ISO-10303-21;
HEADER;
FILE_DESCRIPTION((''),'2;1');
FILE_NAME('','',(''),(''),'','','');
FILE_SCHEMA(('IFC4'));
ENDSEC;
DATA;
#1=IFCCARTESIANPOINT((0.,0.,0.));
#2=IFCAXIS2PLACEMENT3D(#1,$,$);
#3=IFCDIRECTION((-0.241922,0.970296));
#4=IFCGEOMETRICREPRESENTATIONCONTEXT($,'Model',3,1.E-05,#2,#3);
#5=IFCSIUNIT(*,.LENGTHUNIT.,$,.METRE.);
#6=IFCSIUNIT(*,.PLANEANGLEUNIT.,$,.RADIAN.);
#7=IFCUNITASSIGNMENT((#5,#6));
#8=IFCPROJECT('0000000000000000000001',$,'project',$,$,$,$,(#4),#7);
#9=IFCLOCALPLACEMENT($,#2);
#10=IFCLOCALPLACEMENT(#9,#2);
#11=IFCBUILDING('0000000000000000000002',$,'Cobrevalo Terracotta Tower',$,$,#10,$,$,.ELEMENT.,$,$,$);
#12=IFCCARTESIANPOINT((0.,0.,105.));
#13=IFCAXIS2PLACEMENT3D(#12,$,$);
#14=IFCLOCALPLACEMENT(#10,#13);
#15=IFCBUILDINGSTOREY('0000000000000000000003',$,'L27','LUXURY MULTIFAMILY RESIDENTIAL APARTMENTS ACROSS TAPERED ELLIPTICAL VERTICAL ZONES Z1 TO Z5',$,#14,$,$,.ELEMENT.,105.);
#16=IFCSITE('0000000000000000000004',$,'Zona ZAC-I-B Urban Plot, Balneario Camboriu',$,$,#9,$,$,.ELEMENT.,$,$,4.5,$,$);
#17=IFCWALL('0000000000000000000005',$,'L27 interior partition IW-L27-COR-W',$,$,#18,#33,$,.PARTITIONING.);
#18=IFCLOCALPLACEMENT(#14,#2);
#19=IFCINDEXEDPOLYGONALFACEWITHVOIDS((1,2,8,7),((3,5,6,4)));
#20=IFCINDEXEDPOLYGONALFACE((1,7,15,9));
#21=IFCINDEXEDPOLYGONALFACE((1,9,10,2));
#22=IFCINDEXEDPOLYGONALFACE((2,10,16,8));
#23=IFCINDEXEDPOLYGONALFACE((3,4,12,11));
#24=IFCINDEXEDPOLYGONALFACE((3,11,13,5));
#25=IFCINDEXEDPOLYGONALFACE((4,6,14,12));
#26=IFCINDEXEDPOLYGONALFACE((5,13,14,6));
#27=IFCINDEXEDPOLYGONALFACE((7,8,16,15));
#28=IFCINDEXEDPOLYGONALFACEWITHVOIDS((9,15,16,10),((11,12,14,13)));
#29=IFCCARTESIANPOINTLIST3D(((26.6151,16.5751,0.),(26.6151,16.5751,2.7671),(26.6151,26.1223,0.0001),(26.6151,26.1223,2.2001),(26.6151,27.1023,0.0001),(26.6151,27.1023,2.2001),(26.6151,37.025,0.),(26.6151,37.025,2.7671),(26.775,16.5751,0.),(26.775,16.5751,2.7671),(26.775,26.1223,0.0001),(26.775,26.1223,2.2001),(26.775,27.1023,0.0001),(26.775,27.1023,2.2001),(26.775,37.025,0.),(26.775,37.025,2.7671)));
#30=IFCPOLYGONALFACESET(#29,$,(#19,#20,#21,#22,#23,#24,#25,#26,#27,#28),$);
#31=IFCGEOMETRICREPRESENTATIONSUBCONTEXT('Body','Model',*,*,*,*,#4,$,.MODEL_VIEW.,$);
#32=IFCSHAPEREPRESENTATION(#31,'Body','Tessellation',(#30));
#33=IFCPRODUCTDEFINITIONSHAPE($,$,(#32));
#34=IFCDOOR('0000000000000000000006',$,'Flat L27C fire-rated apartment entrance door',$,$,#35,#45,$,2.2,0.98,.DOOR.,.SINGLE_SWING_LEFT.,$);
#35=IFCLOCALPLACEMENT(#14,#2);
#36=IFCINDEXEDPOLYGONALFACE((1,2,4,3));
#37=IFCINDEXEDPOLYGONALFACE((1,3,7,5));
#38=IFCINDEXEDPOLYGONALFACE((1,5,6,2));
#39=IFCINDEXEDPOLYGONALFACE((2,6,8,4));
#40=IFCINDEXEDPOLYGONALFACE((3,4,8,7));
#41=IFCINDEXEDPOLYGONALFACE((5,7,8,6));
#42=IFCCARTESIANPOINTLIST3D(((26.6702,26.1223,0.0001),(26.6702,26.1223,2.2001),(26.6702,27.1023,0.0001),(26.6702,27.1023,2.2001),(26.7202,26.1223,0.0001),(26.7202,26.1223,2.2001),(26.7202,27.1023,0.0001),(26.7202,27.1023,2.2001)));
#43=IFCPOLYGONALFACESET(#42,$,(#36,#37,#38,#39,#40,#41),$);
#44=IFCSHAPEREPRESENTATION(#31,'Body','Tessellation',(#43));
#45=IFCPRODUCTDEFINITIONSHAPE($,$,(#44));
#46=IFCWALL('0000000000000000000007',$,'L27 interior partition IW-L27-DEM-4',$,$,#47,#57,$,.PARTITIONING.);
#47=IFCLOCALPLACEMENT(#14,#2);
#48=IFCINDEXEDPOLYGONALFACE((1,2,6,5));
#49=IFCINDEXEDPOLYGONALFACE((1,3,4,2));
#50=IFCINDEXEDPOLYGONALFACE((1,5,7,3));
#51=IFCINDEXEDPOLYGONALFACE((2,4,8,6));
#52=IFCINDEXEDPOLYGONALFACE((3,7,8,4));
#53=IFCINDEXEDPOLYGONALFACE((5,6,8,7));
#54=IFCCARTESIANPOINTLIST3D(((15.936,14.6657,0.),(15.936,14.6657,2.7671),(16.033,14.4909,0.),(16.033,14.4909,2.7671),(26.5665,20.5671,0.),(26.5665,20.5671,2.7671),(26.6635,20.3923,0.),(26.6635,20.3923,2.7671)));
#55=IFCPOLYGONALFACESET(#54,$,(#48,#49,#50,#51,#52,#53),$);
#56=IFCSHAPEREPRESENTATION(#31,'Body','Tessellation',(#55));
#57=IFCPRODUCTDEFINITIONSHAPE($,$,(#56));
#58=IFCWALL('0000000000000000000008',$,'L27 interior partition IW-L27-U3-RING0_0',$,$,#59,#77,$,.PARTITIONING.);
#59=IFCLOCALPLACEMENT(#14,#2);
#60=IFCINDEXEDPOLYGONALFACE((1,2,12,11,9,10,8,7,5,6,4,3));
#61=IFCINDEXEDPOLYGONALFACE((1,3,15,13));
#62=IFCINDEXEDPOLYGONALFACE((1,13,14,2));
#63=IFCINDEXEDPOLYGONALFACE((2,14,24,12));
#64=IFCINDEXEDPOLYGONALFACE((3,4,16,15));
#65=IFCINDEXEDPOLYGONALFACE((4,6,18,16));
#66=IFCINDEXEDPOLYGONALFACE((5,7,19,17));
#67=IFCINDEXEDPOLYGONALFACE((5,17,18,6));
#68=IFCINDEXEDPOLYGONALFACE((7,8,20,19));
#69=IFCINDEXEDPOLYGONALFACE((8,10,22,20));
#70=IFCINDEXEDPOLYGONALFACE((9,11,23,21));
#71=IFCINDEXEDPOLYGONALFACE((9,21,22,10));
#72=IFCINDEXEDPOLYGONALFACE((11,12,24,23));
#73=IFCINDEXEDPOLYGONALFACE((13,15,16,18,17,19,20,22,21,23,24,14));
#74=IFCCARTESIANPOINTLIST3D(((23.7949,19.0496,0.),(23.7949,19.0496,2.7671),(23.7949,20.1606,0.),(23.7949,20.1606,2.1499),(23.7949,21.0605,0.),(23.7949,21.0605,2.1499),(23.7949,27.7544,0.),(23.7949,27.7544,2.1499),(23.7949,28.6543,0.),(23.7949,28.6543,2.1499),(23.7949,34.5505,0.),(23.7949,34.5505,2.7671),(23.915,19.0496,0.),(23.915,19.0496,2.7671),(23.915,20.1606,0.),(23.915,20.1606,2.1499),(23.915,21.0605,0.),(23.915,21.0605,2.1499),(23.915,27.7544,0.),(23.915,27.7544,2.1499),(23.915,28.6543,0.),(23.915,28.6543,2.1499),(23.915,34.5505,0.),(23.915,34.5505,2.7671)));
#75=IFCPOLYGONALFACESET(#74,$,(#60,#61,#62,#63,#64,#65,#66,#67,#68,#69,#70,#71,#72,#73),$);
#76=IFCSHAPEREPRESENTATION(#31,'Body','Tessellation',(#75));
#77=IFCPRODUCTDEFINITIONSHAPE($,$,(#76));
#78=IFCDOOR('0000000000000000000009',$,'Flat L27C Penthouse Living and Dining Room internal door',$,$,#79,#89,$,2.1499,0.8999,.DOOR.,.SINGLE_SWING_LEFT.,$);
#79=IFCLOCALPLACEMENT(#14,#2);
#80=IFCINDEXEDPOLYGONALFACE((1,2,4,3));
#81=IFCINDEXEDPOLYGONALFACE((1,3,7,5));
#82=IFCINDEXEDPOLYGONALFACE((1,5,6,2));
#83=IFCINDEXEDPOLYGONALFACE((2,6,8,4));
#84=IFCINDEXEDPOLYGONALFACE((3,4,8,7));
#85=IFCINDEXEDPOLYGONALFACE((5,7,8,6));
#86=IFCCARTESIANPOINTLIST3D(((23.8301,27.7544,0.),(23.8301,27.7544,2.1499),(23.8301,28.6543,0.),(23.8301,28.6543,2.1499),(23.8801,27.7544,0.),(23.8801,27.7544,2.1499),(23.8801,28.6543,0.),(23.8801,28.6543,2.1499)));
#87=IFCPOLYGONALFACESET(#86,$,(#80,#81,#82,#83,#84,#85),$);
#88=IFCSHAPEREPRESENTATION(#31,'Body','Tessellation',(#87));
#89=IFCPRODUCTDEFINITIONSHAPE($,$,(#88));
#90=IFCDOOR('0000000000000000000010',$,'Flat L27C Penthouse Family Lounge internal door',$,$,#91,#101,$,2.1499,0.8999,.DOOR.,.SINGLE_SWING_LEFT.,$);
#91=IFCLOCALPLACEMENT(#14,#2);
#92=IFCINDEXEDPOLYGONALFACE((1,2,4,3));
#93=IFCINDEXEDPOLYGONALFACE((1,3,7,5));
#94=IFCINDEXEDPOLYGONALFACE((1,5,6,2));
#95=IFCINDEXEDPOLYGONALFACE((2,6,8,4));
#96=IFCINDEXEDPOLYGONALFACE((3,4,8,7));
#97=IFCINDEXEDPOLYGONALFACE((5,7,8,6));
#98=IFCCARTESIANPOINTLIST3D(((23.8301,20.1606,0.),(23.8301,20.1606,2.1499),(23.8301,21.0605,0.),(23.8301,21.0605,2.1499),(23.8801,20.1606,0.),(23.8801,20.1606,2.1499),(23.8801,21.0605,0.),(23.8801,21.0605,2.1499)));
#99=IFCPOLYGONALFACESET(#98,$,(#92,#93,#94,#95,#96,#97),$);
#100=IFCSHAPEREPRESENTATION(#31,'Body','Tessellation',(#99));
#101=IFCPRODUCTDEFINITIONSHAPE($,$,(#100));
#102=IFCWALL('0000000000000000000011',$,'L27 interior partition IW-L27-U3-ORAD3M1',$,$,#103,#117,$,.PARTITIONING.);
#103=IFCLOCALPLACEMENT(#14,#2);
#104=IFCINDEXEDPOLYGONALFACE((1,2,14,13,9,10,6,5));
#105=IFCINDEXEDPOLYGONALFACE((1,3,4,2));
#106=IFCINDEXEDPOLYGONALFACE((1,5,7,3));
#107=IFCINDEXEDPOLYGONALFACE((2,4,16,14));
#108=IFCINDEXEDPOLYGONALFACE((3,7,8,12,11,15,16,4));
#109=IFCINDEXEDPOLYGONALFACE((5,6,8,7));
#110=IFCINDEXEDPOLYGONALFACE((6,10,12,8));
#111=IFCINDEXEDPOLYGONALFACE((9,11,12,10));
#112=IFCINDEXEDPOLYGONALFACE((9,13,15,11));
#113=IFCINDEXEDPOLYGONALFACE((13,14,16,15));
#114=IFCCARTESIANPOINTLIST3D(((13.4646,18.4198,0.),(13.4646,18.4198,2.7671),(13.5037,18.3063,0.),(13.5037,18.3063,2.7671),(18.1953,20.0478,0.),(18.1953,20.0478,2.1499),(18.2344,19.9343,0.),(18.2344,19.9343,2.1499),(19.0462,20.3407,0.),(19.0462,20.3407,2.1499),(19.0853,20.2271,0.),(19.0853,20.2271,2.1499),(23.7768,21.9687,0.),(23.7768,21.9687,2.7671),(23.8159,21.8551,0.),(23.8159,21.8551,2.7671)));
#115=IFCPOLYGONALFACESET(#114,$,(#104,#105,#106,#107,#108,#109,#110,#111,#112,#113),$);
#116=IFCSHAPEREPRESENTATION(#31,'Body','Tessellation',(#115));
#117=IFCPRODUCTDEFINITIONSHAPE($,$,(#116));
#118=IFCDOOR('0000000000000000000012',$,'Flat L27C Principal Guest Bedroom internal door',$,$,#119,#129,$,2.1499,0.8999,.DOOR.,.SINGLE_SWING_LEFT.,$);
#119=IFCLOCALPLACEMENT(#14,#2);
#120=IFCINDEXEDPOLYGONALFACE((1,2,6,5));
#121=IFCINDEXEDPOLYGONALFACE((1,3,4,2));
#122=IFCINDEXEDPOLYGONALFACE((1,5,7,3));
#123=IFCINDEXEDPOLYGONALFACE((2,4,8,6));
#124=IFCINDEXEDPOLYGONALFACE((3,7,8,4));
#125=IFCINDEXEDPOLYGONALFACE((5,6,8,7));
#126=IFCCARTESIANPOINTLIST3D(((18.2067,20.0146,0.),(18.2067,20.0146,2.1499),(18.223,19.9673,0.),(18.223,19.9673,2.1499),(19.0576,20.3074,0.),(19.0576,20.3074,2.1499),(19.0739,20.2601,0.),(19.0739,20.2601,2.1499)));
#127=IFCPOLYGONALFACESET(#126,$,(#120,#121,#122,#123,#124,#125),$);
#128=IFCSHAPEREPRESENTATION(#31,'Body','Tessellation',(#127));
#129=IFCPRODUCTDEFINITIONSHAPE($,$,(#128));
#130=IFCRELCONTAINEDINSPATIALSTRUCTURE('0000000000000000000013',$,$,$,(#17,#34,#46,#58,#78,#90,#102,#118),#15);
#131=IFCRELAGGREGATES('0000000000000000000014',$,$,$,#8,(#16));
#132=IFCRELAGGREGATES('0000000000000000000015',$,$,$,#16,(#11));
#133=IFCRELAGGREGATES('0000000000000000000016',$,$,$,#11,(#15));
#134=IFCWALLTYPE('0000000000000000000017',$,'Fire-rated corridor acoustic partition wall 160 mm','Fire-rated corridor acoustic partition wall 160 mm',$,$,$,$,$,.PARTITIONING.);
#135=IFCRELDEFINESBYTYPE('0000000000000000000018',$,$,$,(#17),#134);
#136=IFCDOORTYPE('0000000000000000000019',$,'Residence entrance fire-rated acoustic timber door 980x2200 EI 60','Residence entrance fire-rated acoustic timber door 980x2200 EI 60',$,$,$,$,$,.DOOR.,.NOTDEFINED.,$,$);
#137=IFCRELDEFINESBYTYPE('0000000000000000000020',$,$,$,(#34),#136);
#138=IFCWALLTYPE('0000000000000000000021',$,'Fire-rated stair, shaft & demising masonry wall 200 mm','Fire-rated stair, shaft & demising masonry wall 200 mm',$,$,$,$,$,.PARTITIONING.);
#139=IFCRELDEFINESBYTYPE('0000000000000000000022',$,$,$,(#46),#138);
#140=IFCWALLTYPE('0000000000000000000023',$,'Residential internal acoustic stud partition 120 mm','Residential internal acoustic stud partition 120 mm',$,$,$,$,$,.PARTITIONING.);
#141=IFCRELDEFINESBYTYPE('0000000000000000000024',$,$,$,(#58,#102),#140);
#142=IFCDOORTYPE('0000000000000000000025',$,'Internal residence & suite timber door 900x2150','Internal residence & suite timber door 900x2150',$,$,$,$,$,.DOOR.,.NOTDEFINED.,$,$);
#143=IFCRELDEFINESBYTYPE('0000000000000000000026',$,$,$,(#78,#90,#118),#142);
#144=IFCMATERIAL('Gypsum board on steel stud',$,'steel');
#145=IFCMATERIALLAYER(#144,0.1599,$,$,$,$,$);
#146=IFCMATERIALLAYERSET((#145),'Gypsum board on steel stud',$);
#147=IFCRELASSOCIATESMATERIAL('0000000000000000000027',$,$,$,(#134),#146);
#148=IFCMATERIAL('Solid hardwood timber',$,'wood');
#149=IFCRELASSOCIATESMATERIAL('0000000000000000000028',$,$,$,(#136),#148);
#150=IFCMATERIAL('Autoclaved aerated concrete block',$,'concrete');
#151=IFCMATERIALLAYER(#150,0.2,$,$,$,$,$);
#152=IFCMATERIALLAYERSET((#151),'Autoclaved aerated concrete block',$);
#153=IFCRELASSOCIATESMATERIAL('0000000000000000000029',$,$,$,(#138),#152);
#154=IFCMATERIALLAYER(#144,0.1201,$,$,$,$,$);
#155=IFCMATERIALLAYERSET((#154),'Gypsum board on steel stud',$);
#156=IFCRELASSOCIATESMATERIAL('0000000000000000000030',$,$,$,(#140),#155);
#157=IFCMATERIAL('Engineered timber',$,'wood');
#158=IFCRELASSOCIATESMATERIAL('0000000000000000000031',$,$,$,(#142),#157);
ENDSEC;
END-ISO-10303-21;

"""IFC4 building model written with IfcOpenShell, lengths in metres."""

from ifc_helpers import new_model, si_unit, direction, frame, frame_2d, origin, place, context, subcontext, project, spatial, rectangle, extrude, source, transform, mapped, material, layer, layer_set, type_object, element, fill, save


model = new_model("IFC4")

# Units and contexts
model_context = context("Model", 3, precision=1e-05, world=origin(), true_north=direction((-0.241922, 0.970296)))
body_context = subcontext(model_context, "Body", "Model", "MODEL_VIEW")
ifc_project = project(units=[si_unit("LENGTHUNIT", "METRE"), si_unit("PLANEANGLEUNIT", "RADIAN")], contexts=[model_context])

# Site, building, storey
site_placement = place(None, origin())
site = spatial("IfcSite", under=ifc_project, at=site_placement, Name="Zona ZAC-I-B Urban Plot, Balneario Camboriu", CompositionType="ELEMENT", RefElevation=4.5)
building_placement = place(site_placement, origin())
building = spatial("IfcBuilding", under=site, at=building_placement, Name="Cobrevalo Terracotta Tower", CompositionType="ELEMENT")
storey_placement = place(building_placement, frame((0.0, 0.0, 105.0)))
storey = spatial("IfcBuildingStorey", under=building, at=storey_placement, Name="L27", Description="LUXURY MULTIFAMILY RESIDENTIAL APARTMENTS ACROSS TAPERED ELLIPTICAL VERTICAL ZONES Z1 TO Z5", CompositionType="ELEMENT", Elevation=105.0)

# Wall, opening, door
ifc_material_1 = material(Name="Gypsum board on steel stud", Category="steel")
ifc_layer_1 = layer(ifc_material_1, 0.1599)
ifc_layer_set_1 = layer_set([ifc_layer_1], Name="Gypsum board on steel stud")
wall_type_1 = type_object("IfcWallType", Name="Fire-rated corridor acoustic partition wall 160 mm", Description="Fire-rated corridor acoustic partition wall 160 mm", PredefinedType="PARTITIONING", material=ifc_layer_set_1)
wall_1_placement = place(storey_placement, frame((26.6951, 16.575, 0.0), z_axis=(0.0, 0.0, 1.0), x_axis=(0.0, 1.0, 0.0)))
wall_1 = element("IfcWall", 1, at=wall_1_placement, inside=storey, type_object=wall_type_1, Name="L27 interior partition IW-L27-COR-W", PredefinedType="PARTITIONING", context=body_context, shape_type="SweptSolid", body=[
    extrude(rectangle(XDim=20.45, YDim=0.1599, at=frame_2d((10.2251, 0.0))), origin(), (0.0, 0.0, 1.0), 2.7671),
])
opening_1_placement = place(wall_1_placement, frame((9.5474, 0.0, 0.0)))
opening_1 = element("IfcOpeningElement", 2, at=opening_1_placement, cuts=wall_1, PredefinedType="OPENING", context=body_context, shape_type="SweptSolid", body=[
    extrude(rectangle(XDim=0.98, YDim=2.2, at=frame_2d((0.49, 1.1001))), frame((0.0, 0.0898, 0.0), z_axis=(0.0, -1.0, 0.0), x_axis=(1.0, 0.0, 0.0)), (0.0, 0.0, 1.0), 0.1799),
])
ifc_material_2 = material(Name="Solid hardwood timber", Category="wood")
door_type_1 = type_object("IfcDoorType", Name="Residence entrance fire-rated acoustic timber door 980x2200 EI 60", Description="Residence entrance fire-rated acoustic timber door 980x2200 EI 60", OperationType="NOTDEFINED", PredefinedType="DOOR", material=ifc_material_2)
shared_shape_1 = source(origin(), body_context, "Body", "SweptSolid", [
    extrude(rectangle(XDim=0.98, YDim=2.2, at=frame_2d((0.49, 1.1001))), frame((0.0, 0.0249, 0.0), z_axis=(0.0, -1.0, 0.0), x_axis=(1.0, 0.0, 0.0)), (0.0, 0.0, 1.0), 0.05),
])
door_1_placement = place(opening_1_placement, origin())
door_1 = element("IfcDoor", 3, at=door_1_placement, inside=storey, type_object=door_type_1, Name="Flat L27C fire-rated apartment entrance door", OperationType="SINGLE_SWING_LEFT", OverallHeight=2.2, OverallWidth=0.98, PredefinedType="DOOR", context=body_context, shape_type="MappedRepresentation", body=[
    mapped(shared_shape_1, transform((0.0, 0.0, 0.0), scale=1.0)),
])
fill(opening_1, door_1)

# Wall
ifc_material_3 = material(Name="Autoclaved aerated concrete block", Category="concrete")
ifc_layer_2 = layer(ifc_material_3, 0.2)
ifc_layer_set_2 = layer_set([ifc_layer_2], Name="Autoclaved aerated concrete block")
wall_type_2 = type_object("IfcWallType", Name="Fire-rated stair, shaft & demising masonry wall 200 mm", Description="Fire-rated stair, shaft & demising masonry wall 200 mm", PredefinedType="PARTITIONING", material=ifc_layer_set_2)
wall_2_placement = place(storey_placement, frame((26.615, 20.4797, 0.0), z_axis=(0.0, 0.0, 1.0), x_axis=(-0.874311, -0.485367, 0.0)))
element("IfcWall", 4, at=wall_2_placement, inside=storey, type_object=wall_type_2, Name="L27 interior partition IW-L27-DEM-4", PredefinedType="PARTITIONING", context=body_context, shape_type="SweptSolid", body=[
    extrude(rectangle(XDim=12.1587, YDim=0.2, at=frame_2d((6.0793, 0.0))), origin(), (0.0, 0.0, 1.0), 2.7671),
])

# Wall, openings, doors
ifc_layer_3 = layer(ifc_material_1, 0.1201)
ifc_layer_set_3 = layer_set([ifc_layer_3], Name="Gypsum board on steel stud")
wall_type_3 = type_object("IfcWallType", Name="Residential internal acoustic stud partition 120 mm", Description="Residential internal acoustic stud partition 120 mm", PredefinedType="PARTITIONING", material=ifc_layer_set_3)
wall_3_placement = place(storey_placement, frame((23.855, 19.0496, 0.0), z_axis=(0.0, 0.0, 1.0), x_axis=(0.0, 1.0, 0.0)))
wall_3 = element("IfcWall", 5, at=wall_3_placement, inside=storey, type_object=wall_type_3, Name="L27 interior partition IW-L27-U3-RING0_0", PredefinedType="PARTITIONING", context=body_context, shape_type="SweptSolid", body=[
    extrude(rectangle(XDim=15.501, YDim=0.1201, at=frame_2d((7.7505, 0.0))), origin(), (0.0, 0.0, 1.0), 2.7671),
])
opening_2_placement = place(wall_3_placement, frame((8.7048, 0.0, 0.0)))
opening_2 = element("IfcOpeningElement", 6, at=opening_2_placement, cuts=wall_3, PredefinedType="OPENING", context=body_context, shape_type="SweptSolid", body=[
    extrude(rectangle(XDim=0.8999, YDim=2.1499, at=frame_2d((0.45, 1.075))), frame((0.0, 0.0701, 0.0), z_axis=(0.0, -1.0, 0.0), x_axis=(1.0, 0.0, 0.0)), (0.0, 0.0, 1.0), 0.1401),
])
opening_3_placement = place(wall_3_placement, frame((1.1111, 0.0, 0.0)))
opening_3 = element("IfcOpeningElement", 7, at=opening_3_placement, cuts=wall_3, PredefinedType="OPENING", context=body_context, shape_type="SweptSolid", body=[
    extrude(rectangle(XDim=0.8999, YDim=2.1499, at=frame_2d((0.45, 1.075))), frame((0.0, 0.0701, 0.0), z_axis=(0.0, -1.0, 0.0), x_axis=(1.0, 0.0, 0.0)), (0.0, 0.0, 1.0), 0.1401),
])
ifc_material_4 = material(Name="Engineered timber", Category="wood")
door_type_2 = type_object("IfcDoorType", Name="Internal residence & suite timber door 900x2150", Description="Internal residence & suite timber door 900x2150", OperationType="NOTDEFINED", PredefinedType="DOOR", material=ifc_material_4)
shared_shape_2 = source(origin(), body_context, "Body", "SweptSolid", [
    extrude(rectangle(XDim=0.8999, YDim=2.1499, at=frame_2d((0.45, 1.075))), frame((0.0, 0.0249, 0.0), z_axis=(0.0, -1.0, 0.0), x_axis=(1.0, 0.0, 0.0)), (0.0, 0.0, 1.0), 0.05),
])
door_2_placement = place(opening_2_placement, origin())
door_2 = element("IfcDoor", 8, at=door_2_placement, inside=storey, type_object=door_type_2, Name="Flat L27C Penthouse Living and Dining Room internal door", OperationType="SINGLE_SWING_LEFT", OverallHeight=2.1499, OverallWidth=0.8999, PredefinedType="DOOR", context=body_context, shape_type="MappedRepresentation", body=[
    mapped(shared_shape_2, transform((0.0, 0.0, 0.0), scale=1.0)),
])
fill(opening_2, door_2)
door_3_placement = place(opening_3_placement, origin())
door_3 = element("IfcDoor", 9, at=door_3_placement, inside=storey, type_object=door_type_2, Name="Flat L27C Penthouse Family Lounge internal door", OperationType="SINGLE_SWING_LEFT", OverallHeight=2.1499, OverallWidth=0.8999, PredefinedType="DOOR", context=body_context, shape_type="MappedRepresentation", body=[
    mapped(shared_shape_2, transform((0.0, 0.0, 0.0), scale=1.0)),
])
fill(opening_3, door_3)

# Wall, opening, door
wall_4_placement = place(storey_placement, frame((23.7964, 21.9119, 0.0), z_axis=(0.0, 0.0, 1.0), x_axis=(-0.945574, -0.325407, 0.0)))
wall_4 = element("IfcWall", 10, at=wall_4_placement, inside=storey, type_object=wall_type_3, Name="L27 interior partition IW-L27-U3-ORAD3M1", PredefinedType="PARTITIONING", context=body_context, shape_type="SweptSolid", body=[
    extrude(rectangle(XDim=10.9058, YDim=0.1201, at=frame_2d((5.4529, 0.0))), origin(), (0.0, 0.0, 1.0), 2.7671),
])
opening_4_placement = place(wall_4_placement, frame((5.0029, 0.0, 0.0)))
opening_4 = element("IfcOpeningElement", 11, at=opening_4_placement, cuts=wall_4, PredefinedType="OPENING", context=body_context, shape_type="SweptSolid", body=[
    extrude(rectangle(XDim=0.8999, YDim=2.1499, at=frame_2d((0.45, 1.075))), frame((0.0, 0.0701, 0.0), z_axis=(0.0, -1.0, 0.0), x_axis=(1.0, 0.0, 0.0)), (0.0, 0.0, 1.0), 0.1401),
])
door_4_placement = place(opening_4_placement, frame((0.8999, 0.0, 0.0), z_axis=(0.0, 0.0, 1.0), x_axis=(-1.0, 0.0, 0.0)))
door_4 = element("IfcDoor", 12, at=door_4_placement, inside=storey, type_object=door_type_2, Name="Flat L27C Principal Guest Bedroom internal door", OperationType="SINGLE_SWING_LEFT", OverallHeight=2.1499, OverallWidth=0.8999, PredefinedType="DOOR", context=body_context, shape_type="MappedRepresentation", body=[
    mapped(shared_shape_2, transform((0.0, 0.0, 0.0), scale=1.0)),
])
fill(opening_4, door_4)

save(model, "model.ifc")
